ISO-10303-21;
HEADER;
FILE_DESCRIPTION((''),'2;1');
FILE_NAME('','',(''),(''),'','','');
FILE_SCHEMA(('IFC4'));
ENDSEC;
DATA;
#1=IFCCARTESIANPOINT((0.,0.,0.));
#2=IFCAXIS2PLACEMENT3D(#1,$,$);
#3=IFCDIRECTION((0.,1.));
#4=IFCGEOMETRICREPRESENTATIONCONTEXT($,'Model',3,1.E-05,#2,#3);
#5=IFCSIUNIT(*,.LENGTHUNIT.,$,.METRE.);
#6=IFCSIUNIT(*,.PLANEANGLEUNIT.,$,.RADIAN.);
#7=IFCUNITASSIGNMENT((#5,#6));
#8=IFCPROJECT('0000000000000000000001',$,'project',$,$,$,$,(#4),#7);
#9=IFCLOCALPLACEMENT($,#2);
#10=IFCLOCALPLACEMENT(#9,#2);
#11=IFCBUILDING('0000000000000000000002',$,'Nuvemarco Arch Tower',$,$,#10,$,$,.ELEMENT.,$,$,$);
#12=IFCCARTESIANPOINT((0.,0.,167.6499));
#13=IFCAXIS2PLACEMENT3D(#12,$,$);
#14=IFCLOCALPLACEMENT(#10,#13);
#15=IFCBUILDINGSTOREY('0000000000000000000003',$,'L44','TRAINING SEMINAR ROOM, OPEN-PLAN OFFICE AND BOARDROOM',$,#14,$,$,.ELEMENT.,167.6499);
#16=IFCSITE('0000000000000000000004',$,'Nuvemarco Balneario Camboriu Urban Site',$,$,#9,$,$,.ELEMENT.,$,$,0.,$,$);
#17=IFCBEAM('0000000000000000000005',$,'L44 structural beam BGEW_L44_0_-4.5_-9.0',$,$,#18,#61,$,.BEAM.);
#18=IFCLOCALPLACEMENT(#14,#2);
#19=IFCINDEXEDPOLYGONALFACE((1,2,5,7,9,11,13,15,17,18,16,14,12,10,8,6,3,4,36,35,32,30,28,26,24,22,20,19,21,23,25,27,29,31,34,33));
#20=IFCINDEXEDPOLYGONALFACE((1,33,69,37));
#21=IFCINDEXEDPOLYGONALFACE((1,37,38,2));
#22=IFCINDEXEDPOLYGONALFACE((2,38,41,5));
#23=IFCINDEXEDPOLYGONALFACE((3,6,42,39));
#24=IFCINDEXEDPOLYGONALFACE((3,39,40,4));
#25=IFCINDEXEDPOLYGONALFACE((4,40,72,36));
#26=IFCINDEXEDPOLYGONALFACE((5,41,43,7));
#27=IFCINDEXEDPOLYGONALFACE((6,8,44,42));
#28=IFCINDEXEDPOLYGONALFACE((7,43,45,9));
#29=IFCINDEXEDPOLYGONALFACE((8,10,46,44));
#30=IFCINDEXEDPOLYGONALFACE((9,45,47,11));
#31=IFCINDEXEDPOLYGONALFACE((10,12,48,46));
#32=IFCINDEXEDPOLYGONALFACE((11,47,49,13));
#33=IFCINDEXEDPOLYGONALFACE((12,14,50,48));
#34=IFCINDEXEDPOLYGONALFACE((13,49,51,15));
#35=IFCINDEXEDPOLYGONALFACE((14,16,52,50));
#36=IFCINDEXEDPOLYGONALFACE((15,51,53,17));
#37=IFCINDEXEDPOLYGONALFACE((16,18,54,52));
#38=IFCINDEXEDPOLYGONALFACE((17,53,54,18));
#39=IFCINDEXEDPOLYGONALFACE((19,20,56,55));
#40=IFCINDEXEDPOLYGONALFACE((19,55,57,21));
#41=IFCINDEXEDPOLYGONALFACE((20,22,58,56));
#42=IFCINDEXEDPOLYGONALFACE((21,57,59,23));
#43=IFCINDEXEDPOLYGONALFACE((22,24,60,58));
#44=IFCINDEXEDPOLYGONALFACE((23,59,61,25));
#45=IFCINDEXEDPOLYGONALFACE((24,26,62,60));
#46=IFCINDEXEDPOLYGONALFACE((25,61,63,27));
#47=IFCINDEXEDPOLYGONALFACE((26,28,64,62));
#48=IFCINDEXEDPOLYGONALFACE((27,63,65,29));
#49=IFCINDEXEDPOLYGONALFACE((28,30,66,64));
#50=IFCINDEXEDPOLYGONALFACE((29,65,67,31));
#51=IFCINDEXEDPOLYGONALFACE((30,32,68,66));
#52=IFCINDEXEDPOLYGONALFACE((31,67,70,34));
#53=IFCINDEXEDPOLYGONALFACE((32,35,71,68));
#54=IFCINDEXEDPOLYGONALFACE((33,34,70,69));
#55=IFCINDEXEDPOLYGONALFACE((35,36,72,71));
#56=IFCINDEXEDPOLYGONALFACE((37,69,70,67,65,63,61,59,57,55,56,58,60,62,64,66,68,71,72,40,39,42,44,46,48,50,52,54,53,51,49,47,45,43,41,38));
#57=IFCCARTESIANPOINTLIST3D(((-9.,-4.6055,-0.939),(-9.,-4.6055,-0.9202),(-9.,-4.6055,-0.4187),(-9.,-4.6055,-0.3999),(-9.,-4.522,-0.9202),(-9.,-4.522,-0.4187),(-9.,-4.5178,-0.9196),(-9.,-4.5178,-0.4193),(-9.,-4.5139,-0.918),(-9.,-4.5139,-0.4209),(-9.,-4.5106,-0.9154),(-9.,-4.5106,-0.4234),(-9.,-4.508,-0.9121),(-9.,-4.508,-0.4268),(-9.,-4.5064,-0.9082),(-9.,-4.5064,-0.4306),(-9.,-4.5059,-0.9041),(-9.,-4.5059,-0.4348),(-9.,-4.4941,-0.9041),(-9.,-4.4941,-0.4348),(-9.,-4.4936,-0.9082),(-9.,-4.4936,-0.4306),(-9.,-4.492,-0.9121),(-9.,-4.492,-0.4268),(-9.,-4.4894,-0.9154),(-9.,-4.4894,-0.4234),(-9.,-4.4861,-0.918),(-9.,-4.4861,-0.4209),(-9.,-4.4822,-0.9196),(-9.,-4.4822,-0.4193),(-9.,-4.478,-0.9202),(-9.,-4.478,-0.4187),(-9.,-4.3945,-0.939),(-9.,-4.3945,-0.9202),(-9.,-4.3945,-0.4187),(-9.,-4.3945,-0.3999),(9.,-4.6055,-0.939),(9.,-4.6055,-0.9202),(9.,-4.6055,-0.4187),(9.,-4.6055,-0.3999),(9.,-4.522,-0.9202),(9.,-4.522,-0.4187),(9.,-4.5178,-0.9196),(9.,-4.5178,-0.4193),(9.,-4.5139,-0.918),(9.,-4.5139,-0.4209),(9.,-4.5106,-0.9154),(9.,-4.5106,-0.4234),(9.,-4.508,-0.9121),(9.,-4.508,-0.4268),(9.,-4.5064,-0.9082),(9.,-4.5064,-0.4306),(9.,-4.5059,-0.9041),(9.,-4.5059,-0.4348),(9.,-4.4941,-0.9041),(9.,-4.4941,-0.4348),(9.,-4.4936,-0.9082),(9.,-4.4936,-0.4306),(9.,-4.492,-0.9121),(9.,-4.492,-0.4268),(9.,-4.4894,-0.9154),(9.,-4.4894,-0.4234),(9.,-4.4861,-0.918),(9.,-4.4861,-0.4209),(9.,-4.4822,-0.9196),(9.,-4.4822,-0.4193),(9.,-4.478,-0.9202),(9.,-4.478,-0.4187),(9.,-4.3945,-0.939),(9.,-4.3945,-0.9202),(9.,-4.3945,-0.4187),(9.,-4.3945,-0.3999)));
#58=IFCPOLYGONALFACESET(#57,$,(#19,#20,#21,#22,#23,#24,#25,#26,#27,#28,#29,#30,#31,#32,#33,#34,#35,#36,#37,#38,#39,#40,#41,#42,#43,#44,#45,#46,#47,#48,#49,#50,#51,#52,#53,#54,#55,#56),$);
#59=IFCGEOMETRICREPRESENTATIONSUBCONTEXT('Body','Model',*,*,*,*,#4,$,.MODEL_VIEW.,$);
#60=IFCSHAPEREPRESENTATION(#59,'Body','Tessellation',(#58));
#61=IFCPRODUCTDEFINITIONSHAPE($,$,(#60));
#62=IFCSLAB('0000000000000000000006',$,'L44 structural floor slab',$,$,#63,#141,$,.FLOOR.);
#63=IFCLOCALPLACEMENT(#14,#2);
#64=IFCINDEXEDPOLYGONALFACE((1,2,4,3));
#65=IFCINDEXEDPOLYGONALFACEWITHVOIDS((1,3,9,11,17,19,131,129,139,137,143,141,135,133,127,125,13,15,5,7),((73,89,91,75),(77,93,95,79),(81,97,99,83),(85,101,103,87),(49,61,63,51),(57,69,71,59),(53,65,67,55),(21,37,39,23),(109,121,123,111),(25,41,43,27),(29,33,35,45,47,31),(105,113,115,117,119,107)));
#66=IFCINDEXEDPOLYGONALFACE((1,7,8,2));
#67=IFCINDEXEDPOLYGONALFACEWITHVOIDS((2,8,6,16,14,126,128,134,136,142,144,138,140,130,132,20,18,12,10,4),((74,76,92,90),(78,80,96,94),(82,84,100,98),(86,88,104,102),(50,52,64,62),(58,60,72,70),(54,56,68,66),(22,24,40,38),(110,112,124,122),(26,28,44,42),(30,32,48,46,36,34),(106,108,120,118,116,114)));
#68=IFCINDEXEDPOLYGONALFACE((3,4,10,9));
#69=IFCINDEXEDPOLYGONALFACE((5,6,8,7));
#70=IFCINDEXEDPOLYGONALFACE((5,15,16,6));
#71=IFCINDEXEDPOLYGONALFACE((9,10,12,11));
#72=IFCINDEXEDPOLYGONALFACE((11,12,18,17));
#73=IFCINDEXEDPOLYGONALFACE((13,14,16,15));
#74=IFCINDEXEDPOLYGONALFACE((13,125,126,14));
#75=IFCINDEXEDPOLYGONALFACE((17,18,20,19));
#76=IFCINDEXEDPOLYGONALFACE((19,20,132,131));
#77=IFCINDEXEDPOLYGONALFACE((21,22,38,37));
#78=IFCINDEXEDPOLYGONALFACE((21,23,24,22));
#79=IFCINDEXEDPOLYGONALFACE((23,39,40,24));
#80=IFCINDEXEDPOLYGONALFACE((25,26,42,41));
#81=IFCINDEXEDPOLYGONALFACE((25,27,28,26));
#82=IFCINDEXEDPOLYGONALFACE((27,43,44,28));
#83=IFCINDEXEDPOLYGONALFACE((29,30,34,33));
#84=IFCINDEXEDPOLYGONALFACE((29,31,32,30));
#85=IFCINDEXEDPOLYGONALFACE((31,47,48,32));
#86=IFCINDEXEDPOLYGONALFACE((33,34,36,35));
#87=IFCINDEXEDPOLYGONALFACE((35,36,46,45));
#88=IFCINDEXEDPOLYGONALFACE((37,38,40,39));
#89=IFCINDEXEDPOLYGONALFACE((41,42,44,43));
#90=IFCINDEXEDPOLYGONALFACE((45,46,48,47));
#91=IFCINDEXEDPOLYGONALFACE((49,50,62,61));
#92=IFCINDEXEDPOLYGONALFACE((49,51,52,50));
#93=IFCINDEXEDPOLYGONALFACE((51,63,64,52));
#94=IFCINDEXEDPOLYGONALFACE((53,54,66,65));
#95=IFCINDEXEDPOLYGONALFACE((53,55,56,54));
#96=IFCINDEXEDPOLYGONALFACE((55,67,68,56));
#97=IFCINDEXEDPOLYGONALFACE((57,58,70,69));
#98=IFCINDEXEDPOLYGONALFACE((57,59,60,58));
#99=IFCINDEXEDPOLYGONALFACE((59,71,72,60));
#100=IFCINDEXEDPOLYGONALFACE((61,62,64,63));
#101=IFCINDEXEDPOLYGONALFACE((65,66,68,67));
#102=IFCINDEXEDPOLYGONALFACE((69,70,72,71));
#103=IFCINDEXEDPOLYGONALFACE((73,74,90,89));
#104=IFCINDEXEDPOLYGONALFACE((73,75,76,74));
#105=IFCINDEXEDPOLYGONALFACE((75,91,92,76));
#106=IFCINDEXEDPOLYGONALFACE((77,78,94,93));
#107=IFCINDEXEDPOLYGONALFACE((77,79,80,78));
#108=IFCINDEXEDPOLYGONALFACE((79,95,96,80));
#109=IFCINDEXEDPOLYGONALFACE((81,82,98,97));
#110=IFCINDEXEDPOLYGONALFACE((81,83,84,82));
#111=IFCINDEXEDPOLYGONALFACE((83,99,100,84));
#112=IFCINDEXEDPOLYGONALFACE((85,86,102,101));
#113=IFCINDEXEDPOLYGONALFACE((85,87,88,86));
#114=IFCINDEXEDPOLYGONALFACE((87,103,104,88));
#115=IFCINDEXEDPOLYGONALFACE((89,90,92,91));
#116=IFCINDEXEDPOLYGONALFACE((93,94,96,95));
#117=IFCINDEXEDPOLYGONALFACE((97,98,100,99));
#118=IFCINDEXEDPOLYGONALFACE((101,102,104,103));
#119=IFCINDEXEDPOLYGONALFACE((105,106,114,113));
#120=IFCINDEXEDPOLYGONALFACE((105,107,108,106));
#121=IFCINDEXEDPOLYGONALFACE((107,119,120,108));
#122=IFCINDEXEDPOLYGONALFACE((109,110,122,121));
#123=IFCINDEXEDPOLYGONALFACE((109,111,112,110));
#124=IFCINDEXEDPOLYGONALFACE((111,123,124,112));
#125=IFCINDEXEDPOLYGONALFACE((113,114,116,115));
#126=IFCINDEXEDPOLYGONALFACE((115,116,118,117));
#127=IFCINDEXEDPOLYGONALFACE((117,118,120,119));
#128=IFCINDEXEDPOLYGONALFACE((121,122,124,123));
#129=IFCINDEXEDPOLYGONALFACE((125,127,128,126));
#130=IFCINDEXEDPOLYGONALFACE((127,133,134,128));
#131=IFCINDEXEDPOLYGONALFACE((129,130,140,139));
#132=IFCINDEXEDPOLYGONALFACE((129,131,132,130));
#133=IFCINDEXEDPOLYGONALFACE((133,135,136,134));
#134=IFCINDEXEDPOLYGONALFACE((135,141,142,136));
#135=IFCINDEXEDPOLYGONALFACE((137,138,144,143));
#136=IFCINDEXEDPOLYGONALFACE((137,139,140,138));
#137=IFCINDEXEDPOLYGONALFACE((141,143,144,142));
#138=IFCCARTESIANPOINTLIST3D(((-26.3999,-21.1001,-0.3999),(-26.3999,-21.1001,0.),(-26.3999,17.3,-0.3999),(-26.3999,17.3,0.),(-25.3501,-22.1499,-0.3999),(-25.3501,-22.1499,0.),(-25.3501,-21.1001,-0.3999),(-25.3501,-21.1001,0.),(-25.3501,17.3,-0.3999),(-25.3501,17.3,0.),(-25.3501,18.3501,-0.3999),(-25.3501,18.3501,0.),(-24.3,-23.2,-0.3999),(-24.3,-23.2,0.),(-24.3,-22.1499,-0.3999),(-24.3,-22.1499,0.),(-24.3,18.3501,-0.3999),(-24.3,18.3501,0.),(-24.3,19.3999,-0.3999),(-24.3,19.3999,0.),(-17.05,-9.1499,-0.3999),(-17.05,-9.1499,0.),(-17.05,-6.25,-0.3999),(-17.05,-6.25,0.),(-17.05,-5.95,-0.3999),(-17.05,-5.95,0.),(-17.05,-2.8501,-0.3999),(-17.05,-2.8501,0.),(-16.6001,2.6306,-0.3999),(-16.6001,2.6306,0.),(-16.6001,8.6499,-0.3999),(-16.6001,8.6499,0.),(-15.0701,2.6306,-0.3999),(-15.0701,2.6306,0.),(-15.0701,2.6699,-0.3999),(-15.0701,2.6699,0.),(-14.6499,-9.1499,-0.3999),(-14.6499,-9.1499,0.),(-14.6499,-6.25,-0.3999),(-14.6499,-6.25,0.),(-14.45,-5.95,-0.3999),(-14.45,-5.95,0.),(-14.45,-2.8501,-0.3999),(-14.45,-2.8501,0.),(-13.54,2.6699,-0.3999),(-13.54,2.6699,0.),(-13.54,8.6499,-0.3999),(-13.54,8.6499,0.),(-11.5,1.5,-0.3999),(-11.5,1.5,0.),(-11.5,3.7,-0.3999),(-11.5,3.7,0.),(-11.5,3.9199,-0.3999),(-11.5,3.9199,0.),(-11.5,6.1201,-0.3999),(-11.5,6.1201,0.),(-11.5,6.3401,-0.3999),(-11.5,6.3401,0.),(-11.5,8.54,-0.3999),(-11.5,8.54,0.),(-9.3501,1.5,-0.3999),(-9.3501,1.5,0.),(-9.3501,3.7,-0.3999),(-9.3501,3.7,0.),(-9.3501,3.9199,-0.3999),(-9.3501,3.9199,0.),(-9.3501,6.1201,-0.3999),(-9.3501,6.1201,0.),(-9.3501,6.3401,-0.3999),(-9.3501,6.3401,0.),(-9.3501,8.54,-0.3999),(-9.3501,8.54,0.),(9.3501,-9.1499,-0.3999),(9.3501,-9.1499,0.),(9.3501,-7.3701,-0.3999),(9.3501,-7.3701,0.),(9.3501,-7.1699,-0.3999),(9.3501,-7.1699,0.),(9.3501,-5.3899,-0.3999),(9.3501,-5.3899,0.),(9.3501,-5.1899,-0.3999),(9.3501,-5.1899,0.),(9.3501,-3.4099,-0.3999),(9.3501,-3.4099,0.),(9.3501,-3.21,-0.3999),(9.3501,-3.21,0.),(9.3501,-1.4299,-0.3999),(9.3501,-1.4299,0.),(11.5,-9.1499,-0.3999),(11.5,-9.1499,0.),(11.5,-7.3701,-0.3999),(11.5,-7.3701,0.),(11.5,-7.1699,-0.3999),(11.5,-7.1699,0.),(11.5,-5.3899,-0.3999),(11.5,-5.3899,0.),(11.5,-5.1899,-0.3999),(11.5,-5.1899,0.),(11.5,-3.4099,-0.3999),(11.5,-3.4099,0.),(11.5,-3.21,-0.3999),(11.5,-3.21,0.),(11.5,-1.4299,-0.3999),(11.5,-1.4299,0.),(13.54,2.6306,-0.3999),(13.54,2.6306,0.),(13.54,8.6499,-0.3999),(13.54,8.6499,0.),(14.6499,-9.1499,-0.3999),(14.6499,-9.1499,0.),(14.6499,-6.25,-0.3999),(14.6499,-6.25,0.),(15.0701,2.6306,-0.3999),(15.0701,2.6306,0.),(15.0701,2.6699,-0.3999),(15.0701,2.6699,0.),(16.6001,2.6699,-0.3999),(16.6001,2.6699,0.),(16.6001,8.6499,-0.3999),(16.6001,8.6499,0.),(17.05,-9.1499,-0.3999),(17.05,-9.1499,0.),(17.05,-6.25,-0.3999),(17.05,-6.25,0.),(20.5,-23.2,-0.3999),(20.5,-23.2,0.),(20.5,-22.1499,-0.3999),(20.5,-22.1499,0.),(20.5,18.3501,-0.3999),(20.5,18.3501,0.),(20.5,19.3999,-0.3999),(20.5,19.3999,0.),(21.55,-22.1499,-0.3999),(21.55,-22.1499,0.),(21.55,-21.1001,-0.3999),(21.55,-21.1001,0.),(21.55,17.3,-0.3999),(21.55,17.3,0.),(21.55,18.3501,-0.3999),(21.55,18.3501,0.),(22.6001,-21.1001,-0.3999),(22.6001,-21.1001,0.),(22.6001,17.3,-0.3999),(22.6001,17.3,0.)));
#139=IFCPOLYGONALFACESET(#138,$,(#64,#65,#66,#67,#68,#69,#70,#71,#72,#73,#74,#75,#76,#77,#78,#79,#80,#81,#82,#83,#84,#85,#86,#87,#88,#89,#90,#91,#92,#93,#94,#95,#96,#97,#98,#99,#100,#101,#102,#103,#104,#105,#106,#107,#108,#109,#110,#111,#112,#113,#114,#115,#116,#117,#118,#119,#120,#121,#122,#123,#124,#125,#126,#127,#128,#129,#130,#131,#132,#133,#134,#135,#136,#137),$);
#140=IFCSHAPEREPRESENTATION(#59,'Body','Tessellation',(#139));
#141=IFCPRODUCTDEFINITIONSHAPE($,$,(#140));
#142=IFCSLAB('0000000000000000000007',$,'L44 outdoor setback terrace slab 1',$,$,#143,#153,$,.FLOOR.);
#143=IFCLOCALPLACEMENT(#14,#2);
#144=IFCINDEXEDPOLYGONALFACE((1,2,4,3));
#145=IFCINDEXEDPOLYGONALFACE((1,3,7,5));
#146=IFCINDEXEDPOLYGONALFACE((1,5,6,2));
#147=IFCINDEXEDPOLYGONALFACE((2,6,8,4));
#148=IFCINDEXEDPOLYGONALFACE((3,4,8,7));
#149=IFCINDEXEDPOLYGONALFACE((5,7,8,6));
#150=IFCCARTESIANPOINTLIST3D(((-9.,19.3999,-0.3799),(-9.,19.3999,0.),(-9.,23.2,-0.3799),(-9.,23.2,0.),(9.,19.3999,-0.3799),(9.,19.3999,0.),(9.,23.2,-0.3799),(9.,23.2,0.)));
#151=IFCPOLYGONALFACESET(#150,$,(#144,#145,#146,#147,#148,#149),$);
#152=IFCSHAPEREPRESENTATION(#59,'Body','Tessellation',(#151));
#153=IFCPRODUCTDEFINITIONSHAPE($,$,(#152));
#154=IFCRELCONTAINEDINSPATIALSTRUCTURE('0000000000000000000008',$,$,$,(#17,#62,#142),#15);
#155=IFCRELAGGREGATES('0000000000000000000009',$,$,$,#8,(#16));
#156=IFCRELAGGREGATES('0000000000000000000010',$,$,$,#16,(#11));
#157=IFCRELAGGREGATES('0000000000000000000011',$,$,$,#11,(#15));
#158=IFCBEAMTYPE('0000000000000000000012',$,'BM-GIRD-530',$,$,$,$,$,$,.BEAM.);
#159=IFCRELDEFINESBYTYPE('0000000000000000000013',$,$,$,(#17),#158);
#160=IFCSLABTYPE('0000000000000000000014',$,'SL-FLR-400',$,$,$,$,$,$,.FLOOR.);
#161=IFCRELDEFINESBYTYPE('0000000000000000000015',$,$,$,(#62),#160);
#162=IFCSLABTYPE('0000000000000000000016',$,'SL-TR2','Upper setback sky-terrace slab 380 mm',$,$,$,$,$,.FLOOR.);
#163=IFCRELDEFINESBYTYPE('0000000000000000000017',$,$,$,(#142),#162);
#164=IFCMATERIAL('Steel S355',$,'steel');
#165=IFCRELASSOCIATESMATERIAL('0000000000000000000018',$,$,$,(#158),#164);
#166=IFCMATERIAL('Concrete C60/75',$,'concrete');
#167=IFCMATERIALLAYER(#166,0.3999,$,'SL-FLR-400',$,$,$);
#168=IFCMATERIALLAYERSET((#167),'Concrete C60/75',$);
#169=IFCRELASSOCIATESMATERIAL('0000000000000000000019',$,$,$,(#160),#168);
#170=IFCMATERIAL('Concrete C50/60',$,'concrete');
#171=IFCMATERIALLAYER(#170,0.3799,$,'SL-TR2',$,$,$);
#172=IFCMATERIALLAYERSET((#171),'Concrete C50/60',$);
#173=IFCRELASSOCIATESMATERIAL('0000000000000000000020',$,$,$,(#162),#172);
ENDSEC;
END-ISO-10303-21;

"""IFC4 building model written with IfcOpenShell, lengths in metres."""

from ifc_helpers import new_model, si_unit, direction, frame, origin, origin_2d, place, context, subcontext, project, spatial, polyline, i_section, outline, extrude, material, layer, layer_set, material_profile, profile_set, type_object, element, save


model = new_model("IFC4")

# Units and contexts
model_context = context("Model", 3, precision=1e-05, world=origin(), true_north=direction((0.0, 1.0)))
body_context = subcontext(model_context, "Body", "Model", "MODEL_VIEW")
ifc_project = project(units=[si_unit("LENGTHUNIT", "METRE"), si_unit("PLANEANGLEUNIT", "RADIAN")], contexts=[model_context])

# Site, building, storey
site_placement = place(None, origin())
site = spatial("IfcSite", under=ifc_project, at=site_placement, Name="Nuvemarco Balneario Camboriu Urban Site", CompositionType="ELEMENT", RefElevation=0.0)
building_placement = place(site_placement, origin())
building = spatial("IfcBuilding", under=site, at=building_placement, Name="Nuvemarco Arch Tower", CompositionType="ELEMENT")
storey_placement = place(building_placement, frame((0.0, 0.0, 167.6499)))
storey = spatial("IfcBuildingStorey", under=building, at=storey_placement, Name="L44", Description="TRAINING SEMINAR ROOM, OPEN-PLAN OFFICE AND BOARDROOM", CompositionType="ELEMENT", Elevation=167.6499)

# Shared definitions
ifc_material_1 = material(Name="Concrete C50/60", Category="concrete")
ifc_material_2 = material(Name="Steel S355", Category="steel")

# Beam
ifc_material_3 = material(Name="Concrete C60/75", Category="concrete")
ifc_material_profile_1 = material_profile(ifc_material_2, i_section(OverallWidth=0.2109, OverallDepth=0.5391, WebThickness=0.0117, FlangeThickness=0.0188, FilletRadius=0.0161, at=origin_2d()), Name="W530x109")
ifc_profile_set_1 = profile_set([ifc_material_profile_1], Name="Steel S355")
beam_type_1 = type_object("IfcBeamType", Name="BM-GIRD-530", PredefinedType="BEAM", material=ifc_profile_set_1)
beam_1_placement = place(storey_placement, frame((-9.0, -4.5, -0.6694), z_axis=(1.0, 0.0, 0.0), x_axis=(0.0, 1.0, 0.0)))
element("IfcBeam", 1, at=beam_1_placement, inside=storey, type_object=beam_type_1, Name="L44 structural beam BGEW_L44_0_-4.5_-9.0", PredefinedType="BEAM", context=body_context, shape_type="SweptSolid", body=[
    extrude(i_section(OverallWidth=0.2109, OverallDepth=0.5391, WebThickness=0.0117, FlangeThickness=0.0188, FilletRadius=0.0161, at=origin_2d()), origin(), (0.0, 0.0, 1.0), 18.0),
])

# Slabs
ifc_layer_1 = layer(ifc_material_3, 0.3999, Name="SL-FLR-400")
ifc_layer_set_1 = layer_set([ifc_layer_1], Name="Concrete C60/75")
slab_type_1 = type_object("IfcSlabType", Name="SL-FLR-400", PredefinedType="FLOOR", material=ifc_layer_set_1)
slab_1_placement = place(storey_placement, frame((0.0, 0.0, -0.3999)))
element("IfcSlab", 2, at=slab_1_placement, inside=storey, type_object=slab_type_1, Name="L44 structural floor slab", PredefinedType="FLOOR", context=body_context, shape_type="SweptSolid", body=[
    extrude(outline(polyline([(-24.3, -23.2), (20.5, -23.2), (20.5, -22.1499), (21.55, -22.1499), (21.55, -21.1001), (22.6001, -21.1001), (22.6001, 17.3), (21.55, 17.3), (21.55, 18.3501), (20.5, 18.3501), (20.5, 19.3999), (-24.3, 19.3999), (-24.3, 18.3501), (-25.3501, 18.3501), (-25.3501, 17.3), (-26.3999, 17.3), (-26.3999, -21.1001), (-25.3501, -21.1001), (-25.3501, -22.1499), (-24.3, -22.1499), (-24.3, -23.2)]), holes=[polyline([(-13.54, 2.6699), (-13.54, 8.6499), (-16.6001, 8.6499), (-16.6001, 2.6306), (-15.0701, 2.6306), (-15.0701, 2.6699), (-13.54, 2.6699)]), polyline([(16.6001, 2.6699), (16.6001, 8.6499), (13.54, 8.6499), (13.54, 2.6306), (15.0701, 2.6306), (15.0701, 2.6699), (16.6001, 2.6699)]), polyline([(-17.05, -9.1499), (-14.6499, -9.1499), (-14.6499, -6.25), (-17.05, -6.25), (-17.05, -9.1499)]), polyline([(-17.05, -5.95), (-14.45, -5.95), (-14.45, -2.8501), (-17.05, -2.8501), (-17.05, -5.95)]), polyline([(-11.5, 1.5), (-9.3501, 1.5), (-9.3501, 3.7), (-11.5, 3.7), (-11.5, 1.5)]), polyline([(-11.5, 3.9199), (-9.3501, 3.9199), (-9.3501, 6.1201), (-11.5, 6.1201), (-11.5, 3.9199)]), polyline([(-11.5, 6.3401), (-9.3501, 6.3401), (-9.3501, 8.54), (-11.5, 8.54), (-11.5, 6.3401)]), polyline([(14.6499, -9.1499), (17.05, -9.1499), (17.05, -6.25), (14.6499, -6.25), (14.6499, -9.1499)]), polyline([(9.3501, -9.1499), (11.5, -9.1499), (11.5, -7.3701), (9.3501, -7.3701), (9.3501, -9.1499)]), polyline([(9.3501, -7.1699), (11.5, -7.1699), (11.5, -5.3899), (9.3501, -5.3899), (9.3501, -7.1699)]), polyline([(9.3501, -5.1899), (11.5, -5.1899), (11.5, -3.4099), (9.3501, -3.4099), (9.3501, -5.1899)]), polyline([(9.3501, -3.21), (11.5, -3.21), (11.5, -1.4299), (9.3501, -1.4299), (9.3501, -3.21)])]), origin(), (0.0, 0.0, 1.0), 0.3999),
])
ifc_layer_2 = layer(ifc_material_1, 0.3799, Name="SL-TR2")
ifc_layer_set_2 = layer_set([ifc_layer_2], Name="Concrete C50/60")
slab_type_2 = type_object("IfcSlabType", Name="SL-TR2", Description="Upper setback sky-terrace slab 380 mm", PredefinedType="FLOOR", material=ifc_layer_set_2)
slab_2_placement = place(storey_placement, frame((0.0, 0.0, -0.3799)))
element("IfcSlab", 3, at=slab_2_placement, inside=storey, type_object=slab_type_2, Name="L44 outdoor setback terrace slab 1", PredefinedType="FLOOR", context=body_context, shape_type="SweptSolid", body=[
    extrude(outline(polyline([(-9.0, 19.3999), (9.0, 19.3999), (9.0, 23.2), (-9.0, 23.2), (-9.0, 19.3999)])), origin(), (0.0, 0.0, 1.0), 0.3799),
])

save(model, "model.ifc")
